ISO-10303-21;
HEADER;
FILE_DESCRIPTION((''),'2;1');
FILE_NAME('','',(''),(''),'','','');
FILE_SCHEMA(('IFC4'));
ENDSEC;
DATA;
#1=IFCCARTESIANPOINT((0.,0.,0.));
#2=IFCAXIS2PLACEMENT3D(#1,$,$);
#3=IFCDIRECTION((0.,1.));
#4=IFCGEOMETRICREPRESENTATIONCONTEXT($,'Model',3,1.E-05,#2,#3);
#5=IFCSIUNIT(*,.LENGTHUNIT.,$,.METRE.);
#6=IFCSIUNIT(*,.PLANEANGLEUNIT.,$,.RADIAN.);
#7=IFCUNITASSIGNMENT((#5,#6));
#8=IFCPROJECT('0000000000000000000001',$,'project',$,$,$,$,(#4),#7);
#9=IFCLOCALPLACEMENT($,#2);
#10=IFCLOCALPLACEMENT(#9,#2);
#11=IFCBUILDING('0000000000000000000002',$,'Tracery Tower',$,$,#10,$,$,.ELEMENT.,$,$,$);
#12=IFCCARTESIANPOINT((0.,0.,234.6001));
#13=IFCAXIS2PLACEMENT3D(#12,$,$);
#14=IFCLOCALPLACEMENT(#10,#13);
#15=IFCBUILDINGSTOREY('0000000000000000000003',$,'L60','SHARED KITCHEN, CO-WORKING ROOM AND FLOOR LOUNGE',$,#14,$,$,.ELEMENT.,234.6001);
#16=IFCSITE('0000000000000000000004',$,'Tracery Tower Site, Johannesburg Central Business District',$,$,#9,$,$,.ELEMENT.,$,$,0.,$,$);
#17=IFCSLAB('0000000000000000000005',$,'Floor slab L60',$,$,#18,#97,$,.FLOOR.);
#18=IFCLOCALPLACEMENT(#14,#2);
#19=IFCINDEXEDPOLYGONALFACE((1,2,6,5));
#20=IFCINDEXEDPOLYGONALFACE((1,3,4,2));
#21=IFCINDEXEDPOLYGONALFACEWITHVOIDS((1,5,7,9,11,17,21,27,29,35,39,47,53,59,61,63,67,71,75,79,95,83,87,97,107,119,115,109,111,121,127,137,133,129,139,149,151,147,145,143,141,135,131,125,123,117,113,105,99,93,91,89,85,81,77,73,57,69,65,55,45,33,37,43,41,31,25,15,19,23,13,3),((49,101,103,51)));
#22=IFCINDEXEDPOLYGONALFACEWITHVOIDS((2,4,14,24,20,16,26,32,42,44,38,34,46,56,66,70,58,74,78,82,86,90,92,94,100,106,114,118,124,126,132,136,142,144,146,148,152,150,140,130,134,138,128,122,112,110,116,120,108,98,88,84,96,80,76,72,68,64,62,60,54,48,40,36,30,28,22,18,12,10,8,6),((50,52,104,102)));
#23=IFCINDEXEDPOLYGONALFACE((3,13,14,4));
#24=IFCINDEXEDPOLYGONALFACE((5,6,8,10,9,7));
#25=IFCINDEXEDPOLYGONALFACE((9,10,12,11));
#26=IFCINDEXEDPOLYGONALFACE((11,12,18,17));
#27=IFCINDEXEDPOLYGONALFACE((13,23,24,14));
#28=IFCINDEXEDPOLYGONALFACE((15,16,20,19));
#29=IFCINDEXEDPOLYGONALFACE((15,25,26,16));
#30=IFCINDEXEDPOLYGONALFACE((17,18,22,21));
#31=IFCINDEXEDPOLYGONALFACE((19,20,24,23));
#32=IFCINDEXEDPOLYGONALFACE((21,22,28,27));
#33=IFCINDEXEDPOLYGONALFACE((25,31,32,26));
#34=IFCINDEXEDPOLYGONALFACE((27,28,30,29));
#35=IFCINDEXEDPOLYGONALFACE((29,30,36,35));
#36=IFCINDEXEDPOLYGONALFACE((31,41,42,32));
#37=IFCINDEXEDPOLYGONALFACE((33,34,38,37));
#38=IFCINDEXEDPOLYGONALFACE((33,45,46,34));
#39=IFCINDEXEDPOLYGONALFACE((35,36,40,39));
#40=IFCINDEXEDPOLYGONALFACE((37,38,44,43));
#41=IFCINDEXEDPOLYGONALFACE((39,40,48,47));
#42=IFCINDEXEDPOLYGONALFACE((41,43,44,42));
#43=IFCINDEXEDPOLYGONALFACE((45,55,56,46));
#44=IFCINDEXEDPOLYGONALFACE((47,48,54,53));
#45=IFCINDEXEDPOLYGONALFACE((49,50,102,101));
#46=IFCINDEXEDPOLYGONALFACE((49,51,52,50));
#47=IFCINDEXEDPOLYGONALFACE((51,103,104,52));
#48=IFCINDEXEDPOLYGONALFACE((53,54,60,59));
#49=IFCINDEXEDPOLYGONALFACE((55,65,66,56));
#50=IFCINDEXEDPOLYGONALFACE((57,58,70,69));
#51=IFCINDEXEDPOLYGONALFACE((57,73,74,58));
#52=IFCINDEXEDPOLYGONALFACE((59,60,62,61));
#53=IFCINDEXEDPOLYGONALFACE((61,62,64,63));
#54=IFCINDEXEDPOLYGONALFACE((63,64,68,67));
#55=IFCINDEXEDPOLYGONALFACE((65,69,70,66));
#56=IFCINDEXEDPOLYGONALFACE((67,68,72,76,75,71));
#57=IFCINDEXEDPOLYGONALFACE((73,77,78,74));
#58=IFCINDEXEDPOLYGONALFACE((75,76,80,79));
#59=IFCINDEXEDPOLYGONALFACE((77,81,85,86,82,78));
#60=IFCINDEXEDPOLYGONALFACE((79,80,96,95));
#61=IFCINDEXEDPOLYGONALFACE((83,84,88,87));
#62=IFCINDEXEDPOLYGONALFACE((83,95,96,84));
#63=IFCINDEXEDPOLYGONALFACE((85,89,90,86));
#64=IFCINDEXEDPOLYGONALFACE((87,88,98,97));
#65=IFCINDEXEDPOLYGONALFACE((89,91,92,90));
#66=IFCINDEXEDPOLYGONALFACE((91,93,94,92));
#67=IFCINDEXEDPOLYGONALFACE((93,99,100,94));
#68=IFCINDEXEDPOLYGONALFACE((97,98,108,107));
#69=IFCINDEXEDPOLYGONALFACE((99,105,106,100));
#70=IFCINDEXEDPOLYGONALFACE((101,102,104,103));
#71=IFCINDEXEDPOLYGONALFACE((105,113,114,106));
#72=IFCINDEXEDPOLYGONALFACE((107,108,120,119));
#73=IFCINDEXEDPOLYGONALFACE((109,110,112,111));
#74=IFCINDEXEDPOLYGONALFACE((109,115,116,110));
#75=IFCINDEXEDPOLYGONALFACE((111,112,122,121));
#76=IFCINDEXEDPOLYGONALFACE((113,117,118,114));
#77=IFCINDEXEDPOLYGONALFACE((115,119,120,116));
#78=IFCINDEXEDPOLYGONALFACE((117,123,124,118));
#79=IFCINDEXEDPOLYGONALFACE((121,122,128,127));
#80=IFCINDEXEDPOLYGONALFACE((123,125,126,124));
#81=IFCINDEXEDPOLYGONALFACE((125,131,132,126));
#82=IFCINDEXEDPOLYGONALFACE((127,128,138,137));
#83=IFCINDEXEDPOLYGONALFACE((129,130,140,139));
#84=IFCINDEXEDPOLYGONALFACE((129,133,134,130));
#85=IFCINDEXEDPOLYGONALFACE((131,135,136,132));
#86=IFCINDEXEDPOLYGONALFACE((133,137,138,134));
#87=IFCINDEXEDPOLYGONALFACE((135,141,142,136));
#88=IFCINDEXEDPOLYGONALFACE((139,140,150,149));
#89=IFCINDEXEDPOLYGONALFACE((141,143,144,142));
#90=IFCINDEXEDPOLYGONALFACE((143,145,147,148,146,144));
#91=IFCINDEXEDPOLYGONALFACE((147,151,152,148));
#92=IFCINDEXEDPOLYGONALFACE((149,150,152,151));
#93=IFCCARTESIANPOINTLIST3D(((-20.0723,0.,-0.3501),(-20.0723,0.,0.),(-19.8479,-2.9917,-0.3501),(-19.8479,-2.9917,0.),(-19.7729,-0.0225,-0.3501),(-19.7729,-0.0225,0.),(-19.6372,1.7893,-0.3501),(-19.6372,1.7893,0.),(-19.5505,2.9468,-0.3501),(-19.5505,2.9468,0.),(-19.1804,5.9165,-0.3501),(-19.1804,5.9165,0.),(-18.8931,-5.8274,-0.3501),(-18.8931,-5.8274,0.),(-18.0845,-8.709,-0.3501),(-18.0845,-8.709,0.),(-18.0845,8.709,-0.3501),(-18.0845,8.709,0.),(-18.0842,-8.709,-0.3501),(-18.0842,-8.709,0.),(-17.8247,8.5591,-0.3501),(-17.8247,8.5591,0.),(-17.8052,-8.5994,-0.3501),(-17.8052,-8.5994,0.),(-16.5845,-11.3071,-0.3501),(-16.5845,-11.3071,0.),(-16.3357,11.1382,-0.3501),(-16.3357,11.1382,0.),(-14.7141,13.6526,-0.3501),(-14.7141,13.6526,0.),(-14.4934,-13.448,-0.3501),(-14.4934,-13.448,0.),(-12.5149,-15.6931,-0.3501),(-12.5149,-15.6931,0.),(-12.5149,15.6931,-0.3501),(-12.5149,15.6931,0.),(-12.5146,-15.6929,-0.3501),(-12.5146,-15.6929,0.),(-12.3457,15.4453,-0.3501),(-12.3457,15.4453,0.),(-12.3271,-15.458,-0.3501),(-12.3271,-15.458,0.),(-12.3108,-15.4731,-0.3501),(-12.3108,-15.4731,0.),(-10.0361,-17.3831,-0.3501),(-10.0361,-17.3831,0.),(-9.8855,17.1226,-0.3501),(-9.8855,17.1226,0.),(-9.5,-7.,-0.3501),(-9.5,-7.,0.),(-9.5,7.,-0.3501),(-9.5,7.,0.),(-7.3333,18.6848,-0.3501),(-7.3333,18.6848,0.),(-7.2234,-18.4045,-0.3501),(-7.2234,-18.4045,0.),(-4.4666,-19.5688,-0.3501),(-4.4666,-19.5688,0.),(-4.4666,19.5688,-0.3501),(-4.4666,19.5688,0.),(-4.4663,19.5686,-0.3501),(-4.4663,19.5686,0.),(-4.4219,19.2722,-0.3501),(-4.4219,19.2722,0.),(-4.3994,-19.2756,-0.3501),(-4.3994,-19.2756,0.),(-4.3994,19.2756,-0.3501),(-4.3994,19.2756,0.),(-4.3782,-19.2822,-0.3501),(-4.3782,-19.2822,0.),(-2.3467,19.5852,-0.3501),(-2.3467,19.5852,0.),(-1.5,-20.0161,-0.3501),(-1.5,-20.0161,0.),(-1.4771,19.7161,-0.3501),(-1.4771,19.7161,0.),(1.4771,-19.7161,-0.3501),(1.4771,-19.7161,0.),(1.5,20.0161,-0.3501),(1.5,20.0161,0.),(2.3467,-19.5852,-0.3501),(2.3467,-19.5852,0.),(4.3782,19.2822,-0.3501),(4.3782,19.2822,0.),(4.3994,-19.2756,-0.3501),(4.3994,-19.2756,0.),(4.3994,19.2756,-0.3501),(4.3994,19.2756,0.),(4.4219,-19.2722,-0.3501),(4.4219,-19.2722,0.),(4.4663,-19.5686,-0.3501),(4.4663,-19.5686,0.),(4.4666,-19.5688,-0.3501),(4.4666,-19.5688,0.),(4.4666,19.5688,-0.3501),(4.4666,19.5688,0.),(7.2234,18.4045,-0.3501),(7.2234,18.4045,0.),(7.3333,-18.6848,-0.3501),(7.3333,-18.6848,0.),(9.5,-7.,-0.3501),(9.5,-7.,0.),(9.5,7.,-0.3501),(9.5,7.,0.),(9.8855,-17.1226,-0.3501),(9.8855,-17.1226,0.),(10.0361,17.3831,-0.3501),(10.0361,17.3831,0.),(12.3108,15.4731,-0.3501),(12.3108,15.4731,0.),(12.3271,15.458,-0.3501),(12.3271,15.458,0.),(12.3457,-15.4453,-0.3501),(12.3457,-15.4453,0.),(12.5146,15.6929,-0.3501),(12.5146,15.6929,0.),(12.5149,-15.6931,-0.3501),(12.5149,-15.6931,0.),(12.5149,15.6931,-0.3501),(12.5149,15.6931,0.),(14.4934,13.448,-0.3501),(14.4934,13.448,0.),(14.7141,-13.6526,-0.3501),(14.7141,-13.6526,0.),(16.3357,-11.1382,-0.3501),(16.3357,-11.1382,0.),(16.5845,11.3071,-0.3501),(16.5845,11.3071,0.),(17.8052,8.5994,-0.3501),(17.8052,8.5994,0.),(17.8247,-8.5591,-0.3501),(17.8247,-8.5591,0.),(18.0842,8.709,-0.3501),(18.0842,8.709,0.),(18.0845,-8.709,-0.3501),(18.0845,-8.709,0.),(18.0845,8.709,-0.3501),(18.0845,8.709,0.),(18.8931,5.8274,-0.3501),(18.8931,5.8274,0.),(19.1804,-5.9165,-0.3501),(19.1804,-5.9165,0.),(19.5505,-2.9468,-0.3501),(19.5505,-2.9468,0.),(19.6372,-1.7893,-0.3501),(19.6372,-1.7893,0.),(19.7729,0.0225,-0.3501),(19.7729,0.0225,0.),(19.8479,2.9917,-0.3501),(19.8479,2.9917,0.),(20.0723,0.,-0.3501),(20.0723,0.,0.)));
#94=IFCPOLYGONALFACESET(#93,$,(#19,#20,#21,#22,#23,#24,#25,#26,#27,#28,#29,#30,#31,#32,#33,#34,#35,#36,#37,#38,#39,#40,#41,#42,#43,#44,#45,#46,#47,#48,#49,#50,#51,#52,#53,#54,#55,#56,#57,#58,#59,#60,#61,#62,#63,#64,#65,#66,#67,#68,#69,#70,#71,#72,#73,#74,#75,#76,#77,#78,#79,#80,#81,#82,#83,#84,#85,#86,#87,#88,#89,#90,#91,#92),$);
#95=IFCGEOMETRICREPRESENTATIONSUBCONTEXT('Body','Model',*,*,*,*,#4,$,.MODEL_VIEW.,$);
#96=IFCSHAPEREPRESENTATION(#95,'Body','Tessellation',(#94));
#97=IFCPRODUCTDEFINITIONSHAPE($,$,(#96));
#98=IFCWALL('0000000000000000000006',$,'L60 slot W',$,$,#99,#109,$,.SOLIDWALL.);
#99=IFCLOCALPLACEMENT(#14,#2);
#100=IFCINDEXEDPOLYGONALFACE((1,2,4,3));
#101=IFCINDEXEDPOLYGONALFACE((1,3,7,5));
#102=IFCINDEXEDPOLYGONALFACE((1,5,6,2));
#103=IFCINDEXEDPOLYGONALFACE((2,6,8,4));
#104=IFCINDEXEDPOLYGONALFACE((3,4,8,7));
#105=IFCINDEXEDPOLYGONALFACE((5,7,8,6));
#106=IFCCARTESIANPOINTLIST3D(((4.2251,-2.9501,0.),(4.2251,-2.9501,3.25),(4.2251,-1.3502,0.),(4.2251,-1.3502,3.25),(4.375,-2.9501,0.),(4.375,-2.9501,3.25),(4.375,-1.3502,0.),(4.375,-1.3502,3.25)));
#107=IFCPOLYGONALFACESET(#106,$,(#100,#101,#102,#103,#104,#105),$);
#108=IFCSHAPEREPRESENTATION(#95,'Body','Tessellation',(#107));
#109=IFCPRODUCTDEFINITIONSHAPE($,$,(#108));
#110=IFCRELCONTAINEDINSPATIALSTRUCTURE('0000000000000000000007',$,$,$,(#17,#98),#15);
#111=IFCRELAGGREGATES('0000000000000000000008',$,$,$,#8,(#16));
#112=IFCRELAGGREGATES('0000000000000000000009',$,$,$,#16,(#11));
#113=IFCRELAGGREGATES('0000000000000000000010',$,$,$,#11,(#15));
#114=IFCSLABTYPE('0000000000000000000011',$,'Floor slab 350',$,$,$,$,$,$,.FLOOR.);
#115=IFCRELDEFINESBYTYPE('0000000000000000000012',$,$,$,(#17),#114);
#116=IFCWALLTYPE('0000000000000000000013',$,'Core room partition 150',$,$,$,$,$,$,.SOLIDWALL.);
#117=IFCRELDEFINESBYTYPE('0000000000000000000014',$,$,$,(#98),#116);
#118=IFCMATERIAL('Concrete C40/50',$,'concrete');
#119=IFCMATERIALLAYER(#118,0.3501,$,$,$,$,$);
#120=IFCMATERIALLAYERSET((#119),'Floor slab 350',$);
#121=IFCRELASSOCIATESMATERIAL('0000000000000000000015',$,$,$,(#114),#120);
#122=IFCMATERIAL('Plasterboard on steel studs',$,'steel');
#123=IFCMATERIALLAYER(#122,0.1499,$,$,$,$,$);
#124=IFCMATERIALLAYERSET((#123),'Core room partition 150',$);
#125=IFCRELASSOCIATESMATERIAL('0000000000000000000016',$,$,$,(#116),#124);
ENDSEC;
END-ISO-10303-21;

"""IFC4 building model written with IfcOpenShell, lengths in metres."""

from ifc_helpers import new_model, si_unit, direction, frame, frame_2d, origin, place, context, subcontext, project, spatial, polyline, rectangle, outline, extrude, material, layer, layer_set, type_object, element, save


model = new_model("IFC4")

# Units and contexts
model_context = context("Model", 3, precision=1e-05, world=origin(), true_north=direction((0.0, 1.0)))
body_context = subcontext(model_context, "Body", "Model", "MODEL_VIEW")
ifc_project = project(units=[si_unit("LENGTHUNIT", "METRE"), si_unit("PLANEANGLEUNIT", "RADIAN")], contexts=[model_context])

# Site, building, storey
site_placement = place(None, origin())
site = spatial("IfcSite", under=ifc_project, at=site_placement, Name="Tracery Tower Site, Johannesburg Central Business District", CompositionType="ELEMENT", RefElevation=0.0)
building_placement = place(site_placement, origin())
building = spatial("IfcBuilding", under=site, at=building_placement, Name="Tracery Tower", CompositionType="ELEMENT")
storey_placement = place(building_placement, frame((0.0, 0.0, 234.6001)))
storey = spatial("IfcBuildingStorey", under=building, at=storey_placement, Name="L60", Description="SHARED KITCHEN, CO-WORKING ROOM AND FLOOR LOUNGE", CompositionType="ELEMENT", Elevation=234.6001)

# Slab
ifc_material_1 = material(Name="Concrete C40/50", Category="concrete")
ifc_layer_1 = layer(ifc_material_1, 0.3501)
ifc_layer_set_1 = layer_set([ifc_layer_1], Name="Floor slab 350")
slab_type = type_object("IfcSlabType", Name="Floor slab 350", PredefinedType="FLOOR", material=ifc_layer_set_1)
slab_placement = place(storey_placement, frame((0.0, 0.0, -0.3501)))
element("IfcSlab", 1, at=slab_placement, inside=storey, type_object=slab_type, Name="Floor slab L60", PredefinedType="FLOOR", context=body_context, shape_type="SweptSolid", body=[
    extrude(outline(polyline([(18.8931, 5.8274), (17.8052, 8.5994), (18.0842, 8.709), (18.0845, 8.709), (16.5845, 11.3071), (14.4934, 13.448), (12.3271, 15.458), (12.3271, 15.458), (12.3108, 15.4731), (12.5146, 15.6929), (12.5149, 15.6931), (10.0361, 17.3831), (7.2234, 18.4045), (4.3994, 19.2756), (4.3994, 19.2756), (4.3782, 19.2822), (4.4666, 19.5688), (1.5, 20.0161), (-1.4771, 19.7161), (-2.3467, 19.5852), (-4.3994, 19.2756), (-4.3994, 19.2756), (-4.4219, 19.2722), (-4.4663, 19.5686), (-4.4666, 19.5688), (-7.3333, 18.6848), (-9.8855, 17.1226), (-12.3457, 15.4453), (-12.5149, 15.6931), (-14.7141, 13.6526), (-16.3357, 11.1382), (-17.8247, 8.5591), (-18.0845, 8.709), (-19.1804, 5.9165), (-19.5505, 2.9468), (-19.6372, 1.7893), (-19.7729, -0.0225), (-20.0723, 0.0), (-20.0723, 0.0), (-19.8479, -2.9917), (-18.8931, -5.8274), (-17.8052, -8.5994), (-18.0842, -8.709), (-18.0845, -8.709), (-16.5845, -11.3071), (-14.4934, -13.448), (-12.3271, -15.458), (-12.3271, -15.458), (-12.3108, -15.4731), (-12.5146, -15.6929), (-12.5149, -15.6931), (-10.0361, -17.3831), (-7.2234, -18.4045), (-4.3994, -19.2756), (-4.3994, -19.2756), (-4.3782, -19.2822), (-4.4666, -19.5688), (-1.5, -20.0161), (1.4771, -19.7161), (2.3467, -19.5852), (4.3994, -19.2756), (4.3994, -19.2756), (4.4219, -19.2722), (4.4663, -19.5686), (4.4666, -19.5688), (7.3333, -18.6848), (9.8855, -17.1226), (12.3457, -15.4453), (12.5149, -15.6931), (14.7141, -13.6526), (16.3357, -11.1382), (17.8247, -8.5591), (18.0845, -8.709), (19.1804, -5.9165), (19.5505, -2.9468), (19.6372, -1.7893), (19.7729, 0.0225), (20.0723, 0.0), (19.8479, 2.9917), (18.8931, 5.8274)]), holes=[polyline([(-9.5, -7.0), (9.5, -7.0), (9.5, 7.0), (-9.5, 7.0), (-9.5, -7.0)])]), origin(), (0.0, 0.0, 1.0), 0.3501),
])

# Wall
ifc_material_2 = material(Name="Plasterboard on steel studs", Category="steel")
ifc_layer_2 = layer(ifc_material_2, 0.1499)
ifc_layer_set_2 = layer_set([ifc_layer_2], Name="Core room partition 150")
wall_type_1 = type_object("IfcWallType", Name="Core room partition 150", PredefinedType="SOLIDWALL", material=ifc_layer_set_2)
wall_1_placement = place(storey_placement, frame((4.3, -2.95, 0.0), z_axis=(0.0, 0.0, 1.0), x_axis=(0.0, 1.0, 0.0)))
element("IfcWall", 2, at=wall_1_placement, inside=storey, type_object=wall_type_1, Name="L60 slot W", PredefinedType="SOLIDWALL", context=body_context, shape_type="SweptSolid", body=[
    extrude(rectangle(XDim=1.5999, YDim=0.1499, at=frame_2d((0.7998, 0.0))), origin(), (0.0, 0.0, 1.0), 3.25),
])

save(model, "model.ifc")
